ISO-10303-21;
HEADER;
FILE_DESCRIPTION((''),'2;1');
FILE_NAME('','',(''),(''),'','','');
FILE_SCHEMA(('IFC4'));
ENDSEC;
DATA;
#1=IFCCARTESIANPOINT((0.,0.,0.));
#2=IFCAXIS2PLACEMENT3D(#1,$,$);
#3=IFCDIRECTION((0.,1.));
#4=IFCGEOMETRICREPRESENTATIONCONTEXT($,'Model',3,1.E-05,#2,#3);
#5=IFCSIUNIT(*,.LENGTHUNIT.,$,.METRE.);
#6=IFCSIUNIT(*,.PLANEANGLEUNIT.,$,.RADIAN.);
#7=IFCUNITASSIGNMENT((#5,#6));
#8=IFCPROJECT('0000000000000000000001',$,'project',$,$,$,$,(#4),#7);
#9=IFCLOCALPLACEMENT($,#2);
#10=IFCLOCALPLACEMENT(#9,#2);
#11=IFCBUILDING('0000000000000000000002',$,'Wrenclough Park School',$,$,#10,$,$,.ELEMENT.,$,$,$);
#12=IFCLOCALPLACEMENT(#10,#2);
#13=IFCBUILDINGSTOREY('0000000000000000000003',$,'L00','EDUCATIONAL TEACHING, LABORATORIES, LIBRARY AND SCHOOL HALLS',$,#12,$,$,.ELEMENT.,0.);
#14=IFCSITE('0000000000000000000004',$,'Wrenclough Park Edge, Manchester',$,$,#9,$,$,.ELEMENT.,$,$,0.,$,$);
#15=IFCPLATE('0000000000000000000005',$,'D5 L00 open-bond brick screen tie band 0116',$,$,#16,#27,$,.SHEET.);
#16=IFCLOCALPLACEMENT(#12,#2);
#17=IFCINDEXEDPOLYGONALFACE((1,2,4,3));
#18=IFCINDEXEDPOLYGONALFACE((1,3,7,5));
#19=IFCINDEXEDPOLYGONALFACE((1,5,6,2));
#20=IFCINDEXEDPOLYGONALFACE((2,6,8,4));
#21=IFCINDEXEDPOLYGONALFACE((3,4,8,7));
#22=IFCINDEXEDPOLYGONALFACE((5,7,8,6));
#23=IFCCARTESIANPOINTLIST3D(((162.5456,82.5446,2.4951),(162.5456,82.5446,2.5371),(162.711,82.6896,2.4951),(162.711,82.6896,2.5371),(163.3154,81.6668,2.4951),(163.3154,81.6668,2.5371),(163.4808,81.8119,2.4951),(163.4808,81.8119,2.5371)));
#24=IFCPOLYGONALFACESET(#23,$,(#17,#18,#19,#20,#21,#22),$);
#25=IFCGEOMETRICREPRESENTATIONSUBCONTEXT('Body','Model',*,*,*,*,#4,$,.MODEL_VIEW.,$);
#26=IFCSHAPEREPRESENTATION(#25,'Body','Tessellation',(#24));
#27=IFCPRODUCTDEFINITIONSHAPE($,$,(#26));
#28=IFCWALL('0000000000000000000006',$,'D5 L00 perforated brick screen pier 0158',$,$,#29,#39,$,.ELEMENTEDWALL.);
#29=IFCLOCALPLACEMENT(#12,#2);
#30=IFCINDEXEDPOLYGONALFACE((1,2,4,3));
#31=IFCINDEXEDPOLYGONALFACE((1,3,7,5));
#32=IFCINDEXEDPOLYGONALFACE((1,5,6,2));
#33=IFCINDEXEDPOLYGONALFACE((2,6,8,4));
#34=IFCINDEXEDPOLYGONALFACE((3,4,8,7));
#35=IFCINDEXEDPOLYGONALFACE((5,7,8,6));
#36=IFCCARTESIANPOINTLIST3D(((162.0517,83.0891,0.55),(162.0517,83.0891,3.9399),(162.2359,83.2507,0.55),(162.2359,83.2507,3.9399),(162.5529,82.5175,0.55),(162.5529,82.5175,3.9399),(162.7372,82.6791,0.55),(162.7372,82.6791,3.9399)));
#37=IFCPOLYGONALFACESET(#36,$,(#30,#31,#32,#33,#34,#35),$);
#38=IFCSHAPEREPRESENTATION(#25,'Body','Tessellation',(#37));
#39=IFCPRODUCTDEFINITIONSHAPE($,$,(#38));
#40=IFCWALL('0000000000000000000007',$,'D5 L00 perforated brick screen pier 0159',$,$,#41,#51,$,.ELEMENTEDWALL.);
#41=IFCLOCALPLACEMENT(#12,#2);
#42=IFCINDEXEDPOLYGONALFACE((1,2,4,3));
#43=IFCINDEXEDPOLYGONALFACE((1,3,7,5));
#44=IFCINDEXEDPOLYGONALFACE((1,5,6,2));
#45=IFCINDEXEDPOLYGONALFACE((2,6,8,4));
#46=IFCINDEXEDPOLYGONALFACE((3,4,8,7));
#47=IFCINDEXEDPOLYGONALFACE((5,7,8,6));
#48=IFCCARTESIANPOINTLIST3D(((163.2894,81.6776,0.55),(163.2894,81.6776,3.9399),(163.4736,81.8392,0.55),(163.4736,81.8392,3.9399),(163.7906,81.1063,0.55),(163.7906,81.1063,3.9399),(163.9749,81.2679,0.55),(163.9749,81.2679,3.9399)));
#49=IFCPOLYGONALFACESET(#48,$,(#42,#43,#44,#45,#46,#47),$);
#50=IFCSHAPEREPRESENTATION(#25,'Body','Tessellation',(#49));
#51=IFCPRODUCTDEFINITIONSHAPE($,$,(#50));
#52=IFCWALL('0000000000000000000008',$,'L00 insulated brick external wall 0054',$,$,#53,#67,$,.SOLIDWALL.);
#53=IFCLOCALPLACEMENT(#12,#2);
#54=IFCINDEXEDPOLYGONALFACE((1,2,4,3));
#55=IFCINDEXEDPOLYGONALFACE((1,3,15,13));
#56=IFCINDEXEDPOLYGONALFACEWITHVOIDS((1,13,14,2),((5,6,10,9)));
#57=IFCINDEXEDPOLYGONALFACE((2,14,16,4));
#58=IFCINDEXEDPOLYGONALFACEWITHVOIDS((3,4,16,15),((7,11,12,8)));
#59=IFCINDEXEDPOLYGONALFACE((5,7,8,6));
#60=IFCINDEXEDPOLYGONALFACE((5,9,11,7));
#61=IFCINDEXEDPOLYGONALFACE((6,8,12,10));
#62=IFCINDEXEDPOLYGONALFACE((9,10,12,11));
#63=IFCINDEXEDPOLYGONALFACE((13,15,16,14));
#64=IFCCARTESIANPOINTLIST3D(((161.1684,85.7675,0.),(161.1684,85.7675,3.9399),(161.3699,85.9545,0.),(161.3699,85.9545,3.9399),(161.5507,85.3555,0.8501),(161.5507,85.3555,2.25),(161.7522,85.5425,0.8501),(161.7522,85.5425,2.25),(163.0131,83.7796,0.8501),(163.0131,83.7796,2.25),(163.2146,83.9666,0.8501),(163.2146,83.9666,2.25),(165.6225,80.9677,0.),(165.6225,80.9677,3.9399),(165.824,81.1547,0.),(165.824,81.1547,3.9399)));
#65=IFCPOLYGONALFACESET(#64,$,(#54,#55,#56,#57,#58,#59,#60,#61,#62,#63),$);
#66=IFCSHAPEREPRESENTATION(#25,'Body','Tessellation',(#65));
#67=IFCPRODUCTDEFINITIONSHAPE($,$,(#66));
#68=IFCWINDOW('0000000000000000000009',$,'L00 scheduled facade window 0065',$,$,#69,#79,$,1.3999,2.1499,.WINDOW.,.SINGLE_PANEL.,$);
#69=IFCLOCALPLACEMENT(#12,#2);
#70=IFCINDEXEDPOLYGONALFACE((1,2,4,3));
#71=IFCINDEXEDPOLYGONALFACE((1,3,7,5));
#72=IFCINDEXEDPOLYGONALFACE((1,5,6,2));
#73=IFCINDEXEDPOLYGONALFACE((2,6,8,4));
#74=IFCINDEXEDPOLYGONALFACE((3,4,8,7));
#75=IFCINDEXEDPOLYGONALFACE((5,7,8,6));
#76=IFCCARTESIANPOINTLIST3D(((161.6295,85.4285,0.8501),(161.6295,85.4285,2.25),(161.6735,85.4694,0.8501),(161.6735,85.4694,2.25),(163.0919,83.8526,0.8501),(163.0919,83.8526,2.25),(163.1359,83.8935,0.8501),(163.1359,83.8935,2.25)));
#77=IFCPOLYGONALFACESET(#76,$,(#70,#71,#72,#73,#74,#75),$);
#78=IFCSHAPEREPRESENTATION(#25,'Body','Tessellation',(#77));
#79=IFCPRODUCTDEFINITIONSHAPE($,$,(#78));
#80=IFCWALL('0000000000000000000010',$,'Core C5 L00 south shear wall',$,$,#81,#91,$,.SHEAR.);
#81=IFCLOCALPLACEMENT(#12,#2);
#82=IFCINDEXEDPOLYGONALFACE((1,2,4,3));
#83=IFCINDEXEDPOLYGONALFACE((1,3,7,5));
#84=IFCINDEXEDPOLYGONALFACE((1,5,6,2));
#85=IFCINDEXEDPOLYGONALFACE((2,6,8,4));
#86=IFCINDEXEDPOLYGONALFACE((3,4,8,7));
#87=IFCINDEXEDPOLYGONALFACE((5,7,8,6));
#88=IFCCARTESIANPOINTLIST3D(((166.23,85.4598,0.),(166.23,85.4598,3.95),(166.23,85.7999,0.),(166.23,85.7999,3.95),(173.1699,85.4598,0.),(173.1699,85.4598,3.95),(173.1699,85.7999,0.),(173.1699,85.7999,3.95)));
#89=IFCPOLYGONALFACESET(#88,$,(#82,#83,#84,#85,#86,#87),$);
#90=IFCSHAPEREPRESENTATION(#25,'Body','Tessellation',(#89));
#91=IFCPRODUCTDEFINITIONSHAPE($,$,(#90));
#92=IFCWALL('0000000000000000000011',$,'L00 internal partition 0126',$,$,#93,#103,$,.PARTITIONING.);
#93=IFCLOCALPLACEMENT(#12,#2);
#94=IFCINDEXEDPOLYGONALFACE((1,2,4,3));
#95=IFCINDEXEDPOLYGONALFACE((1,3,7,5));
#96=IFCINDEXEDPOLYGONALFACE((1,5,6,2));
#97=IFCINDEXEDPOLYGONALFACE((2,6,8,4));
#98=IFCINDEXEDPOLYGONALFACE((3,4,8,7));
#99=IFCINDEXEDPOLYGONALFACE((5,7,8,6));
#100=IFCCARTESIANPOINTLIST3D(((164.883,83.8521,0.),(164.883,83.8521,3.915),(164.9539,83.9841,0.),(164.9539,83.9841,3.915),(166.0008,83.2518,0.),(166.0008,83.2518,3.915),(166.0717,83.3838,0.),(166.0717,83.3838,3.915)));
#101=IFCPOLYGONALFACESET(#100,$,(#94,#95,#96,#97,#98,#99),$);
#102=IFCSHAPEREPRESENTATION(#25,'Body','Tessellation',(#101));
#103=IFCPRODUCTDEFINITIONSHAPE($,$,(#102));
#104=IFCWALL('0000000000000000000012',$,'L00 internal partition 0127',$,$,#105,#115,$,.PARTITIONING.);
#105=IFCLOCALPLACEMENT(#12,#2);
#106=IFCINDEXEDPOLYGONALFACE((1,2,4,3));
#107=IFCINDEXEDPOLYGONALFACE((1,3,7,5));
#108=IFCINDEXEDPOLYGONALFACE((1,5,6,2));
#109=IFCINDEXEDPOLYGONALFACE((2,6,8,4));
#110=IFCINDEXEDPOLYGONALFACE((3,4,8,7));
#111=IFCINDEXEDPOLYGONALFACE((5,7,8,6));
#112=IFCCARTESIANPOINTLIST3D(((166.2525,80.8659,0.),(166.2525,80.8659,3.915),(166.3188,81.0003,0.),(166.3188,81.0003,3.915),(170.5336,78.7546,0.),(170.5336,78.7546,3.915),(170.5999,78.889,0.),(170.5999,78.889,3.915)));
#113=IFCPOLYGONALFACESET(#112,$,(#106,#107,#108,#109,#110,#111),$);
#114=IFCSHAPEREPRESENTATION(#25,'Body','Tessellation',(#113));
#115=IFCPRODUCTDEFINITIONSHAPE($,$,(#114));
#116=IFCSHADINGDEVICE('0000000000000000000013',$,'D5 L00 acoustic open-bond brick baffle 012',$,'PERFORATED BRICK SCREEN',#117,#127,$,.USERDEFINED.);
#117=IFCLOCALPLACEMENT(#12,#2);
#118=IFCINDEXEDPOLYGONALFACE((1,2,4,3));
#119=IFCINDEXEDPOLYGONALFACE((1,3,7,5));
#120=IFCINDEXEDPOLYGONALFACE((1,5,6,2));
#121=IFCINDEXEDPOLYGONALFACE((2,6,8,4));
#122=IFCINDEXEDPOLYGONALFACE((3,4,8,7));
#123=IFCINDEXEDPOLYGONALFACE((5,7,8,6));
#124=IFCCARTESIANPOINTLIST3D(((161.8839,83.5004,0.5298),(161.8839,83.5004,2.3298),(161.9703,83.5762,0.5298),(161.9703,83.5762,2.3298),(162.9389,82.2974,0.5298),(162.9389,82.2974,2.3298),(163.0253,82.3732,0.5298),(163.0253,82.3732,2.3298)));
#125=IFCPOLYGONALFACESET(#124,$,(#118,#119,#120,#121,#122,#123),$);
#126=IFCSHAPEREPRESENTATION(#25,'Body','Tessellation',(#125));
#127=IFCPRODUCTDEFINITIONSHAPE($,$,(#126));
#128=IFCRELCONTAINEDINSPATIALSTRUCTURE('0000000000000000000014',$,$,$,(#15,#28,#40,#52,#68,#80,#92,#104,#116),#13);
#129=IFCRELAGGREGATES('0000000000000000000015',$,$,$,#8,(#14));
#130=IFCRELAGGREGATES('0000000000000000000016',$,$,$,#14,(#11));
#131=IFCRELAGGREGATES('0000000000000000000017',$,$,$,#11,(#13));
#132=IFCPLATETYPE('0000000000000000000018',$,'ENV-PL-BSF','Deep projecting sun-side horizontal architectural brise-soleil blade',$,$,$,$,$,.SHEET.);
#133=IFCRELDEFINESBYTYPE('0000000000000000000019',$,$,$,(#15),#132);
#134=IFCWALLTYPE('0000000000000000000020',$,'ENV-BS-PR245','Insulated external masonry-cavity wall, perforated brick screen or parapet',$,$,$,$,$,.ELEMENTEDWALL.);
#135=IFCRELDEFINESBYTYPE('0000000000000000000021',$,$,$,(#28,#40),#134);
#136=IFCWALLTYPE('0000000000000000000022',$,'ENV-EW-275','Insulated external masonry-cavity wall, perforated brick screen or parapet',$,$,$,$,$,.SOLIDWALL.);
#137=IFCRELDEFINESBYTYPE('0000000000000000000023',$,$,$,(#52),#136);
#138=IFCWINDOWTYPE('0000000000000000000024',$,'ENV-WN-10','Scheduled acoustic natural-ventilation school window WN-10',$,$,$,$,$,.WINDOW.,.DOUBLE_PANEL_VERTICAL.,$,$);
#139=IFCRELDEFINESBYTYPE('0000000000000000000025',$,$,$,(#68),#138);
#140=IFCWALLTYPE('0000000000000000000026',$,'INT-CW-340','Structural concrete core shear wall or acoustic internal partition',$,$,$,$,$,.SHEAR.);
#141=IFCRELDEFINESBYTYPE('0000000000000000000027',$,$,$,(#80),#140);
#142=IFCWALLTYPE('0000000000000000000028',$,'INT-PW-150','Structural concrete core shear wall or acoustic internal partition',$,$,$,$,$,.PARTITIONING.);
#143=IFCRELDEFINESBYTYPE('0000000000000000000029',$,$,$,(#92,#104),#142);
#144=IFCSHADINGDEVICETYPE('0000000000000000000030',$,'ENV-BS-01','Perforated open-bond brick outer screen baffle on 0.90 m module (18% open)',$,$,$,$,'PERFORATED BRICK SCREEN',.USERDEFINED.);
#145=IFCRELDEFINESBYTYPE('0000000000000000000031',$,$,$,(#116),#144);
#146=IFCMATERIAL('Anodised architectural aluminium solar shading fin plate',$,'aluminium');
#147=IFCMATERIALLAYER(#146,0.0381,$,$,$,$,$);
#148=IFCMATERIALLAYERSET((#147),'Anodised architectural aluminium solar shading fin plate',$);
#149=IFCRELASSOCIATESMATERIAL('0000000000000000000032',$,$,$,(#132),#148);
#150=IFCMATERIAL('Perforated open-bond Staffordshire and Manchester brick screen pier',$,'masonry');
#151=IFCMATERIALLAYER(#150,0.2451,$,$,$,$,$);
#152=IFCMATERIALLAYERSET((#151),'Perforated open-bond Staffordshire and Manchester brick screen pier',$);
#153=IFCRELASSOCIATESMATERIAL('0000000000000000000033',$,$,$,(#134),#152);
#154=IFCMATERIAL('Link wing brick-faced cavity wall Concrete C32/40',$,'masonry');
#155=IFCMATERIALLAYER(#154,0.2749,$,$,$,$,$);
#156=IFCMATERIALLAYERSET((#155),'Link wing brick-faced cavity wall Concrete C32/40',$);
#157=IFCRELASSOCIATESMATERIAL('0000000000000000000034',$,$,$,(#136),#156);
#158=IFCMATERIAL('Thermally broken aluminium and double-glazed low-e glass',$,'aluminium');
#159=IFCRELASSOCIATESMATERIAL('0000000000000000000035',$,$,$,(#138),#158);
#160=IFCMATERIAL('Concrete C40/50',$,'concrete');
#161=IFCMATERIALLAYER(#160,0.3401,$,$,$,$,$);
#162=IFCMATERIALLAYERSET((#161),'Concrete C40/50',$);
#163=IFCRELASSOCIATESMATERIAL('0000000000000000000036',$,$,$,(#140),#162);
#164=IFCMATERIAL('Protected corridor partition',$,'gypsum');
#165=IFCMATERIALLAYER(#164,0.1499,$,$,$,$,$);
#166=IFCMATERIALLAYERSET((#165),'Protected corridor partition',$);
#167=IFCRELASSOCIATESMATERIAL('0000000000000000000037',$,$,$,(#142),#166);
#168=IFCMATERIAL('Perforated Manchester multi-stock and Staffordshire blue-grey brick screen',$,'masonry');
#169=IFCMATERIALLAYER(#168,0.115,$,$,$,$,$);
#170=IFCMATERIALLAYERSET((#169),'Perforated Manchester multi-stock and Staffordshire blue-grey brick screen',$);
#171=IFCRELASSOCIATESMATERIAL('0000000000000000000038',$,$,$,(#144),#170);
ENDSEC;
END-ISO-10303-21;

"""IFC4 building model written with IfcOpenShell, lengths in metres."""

from ifc_helpers import new_model, si_unit, direction, frame, frame_2d, origin, origin_2d, place, context, subcontext, project, spatial, rectangle, extrude, material, layer, layer_set, type_object, element, fill, save


model = new_model("IFC4")

# Units and contexts
model_context = context("Model", 3, precision=1e-05, world=origin(), true_north=direction((0.0, 1.0)))
body_context = subcontext(model_context, "Body", "Model", "MODEL_VIEW")
ifc_project = project(units=[si_unit("LENGTHUNIT", "METRE"), si_unit("PLANEANGLEUNIT", "RADIAN")], contexts=[model_context])

# Site, building, storey
site_placement = place(None, origin())
site = spatial("IfcSite", under=ifc_project, at=site_placement, Name="Wrenclough Park Edge, Manchester", CompositionType="ELEMENT", RefElevation=0.0)
building_placement = place(site_placement, origin())
building = spatial("IfcBuilding", under=site, at=building_placement, Name="Wrenclough Park School", CompositionType="ELEMENT")
storey_placement = place(building_placement, origin())
storey = spatial("IfcBuildingStorey", under=building, at=storey_placement, Name="L00", Description="EDUCATIONAL TEACHING, LABORATORIES, LIBRARY AND SCHOOL HALLS", CompositionType="ELEMENT", Elevation=0.0)

# Shared definitions
ifc_material_1 = material(Name="Concrete C40/50", Category="concrete")

# Plate
ifc_material_2 = material(Name="Anodised architectural aluminium solar shading fin plate", Category="aluminium")
ifc_layer_1 = layer(ifc_material_2, 0.0381)
ifc_layer_set_1 = layer_set([ifc_layer_1], Name="Anodised architectural aluminium solar shading fin plate")
plate_type_1 = type_object("IfcPlateType", Name="ENV-PL-BSF", Description="Deep projecting sun-side horizontal architectural brise-soleil blade", PredefinedType="SHEET", material=ifc_layer_set_1)
for number, where, z_axis, x_axis, name in (
    (1, (163.0132, 82.1782, 2.4951), (0.0, 0.0, 1.0), (0.659349, -0.751837, 0.0), "D5 L00 open-bond brick screen tie band 0116"),
):
    element("IfcPlate", number, at=place(storey_placement, frame(where, z_axis=z_axis, x_axis=x_axis)), inside=storey, type_object=plate_type_1, Name=name, PredefinedType="SHEET", context=body_context, shape_type="SweptSolid", body=[
        extrude(rectangle(XDim=1.1675, YDim=0.22, at=origin_2d()), origin(), (0.0, 0.0, 1.0), 0.042),
    ])

# Walls
ifc_material_3 = material(Name="Perforated open-bond Staffordshire and Manchester brick screen pier", Category="masonry")
ifc_layer_2 = layer(ifc_material_3, 0.2451)
ifc_layer_set_2 = layer_set([ifc_layer_2], Name="Perforated open-bond Staffordshire and Manchester brick screen pier")
wall_type_1 = type_object("IfcWallType", Name="ENV-BS-PR245", Description="Insulated external masonry-cavity wall, perforated brick screen or parapet", PredefinedType="ELEMENTEDWALL", material=ifc_layer_set_2)
wall_1_placement = place(storey_placement, frame((162.1438, 83.1699, 0.55), z_axis=(0.0, 0.0, 1.0), x_axis=(0.659345, -0.75184, 0.0)))
element("IfcWall", 2, at=wall_1_placement, inside=storey, type_object=wall_type_1, Name="D5 L00 perforated brick screen pier 0158", PredefinedType="ELEMENTEDWALL", context=body_context, shape_type="SweptSolid", body=[
    extrude(rectangle(XDim=0.7603, YDim=0.2451, at=frame_2d((0.3801, 0.0))), origin(), (0.0, 0.0, 1.0), 3.3899),
])
wall_2_placement = place(storey_placement, frame((163.3816, 81.7583, 0.55), z_axis=(0.0, 0.0, 1.0), x_axis=(0.659505, -0.7517, 0.0)))
element("IfcWall", 3, at=wall_2_placement, inside=storey, type_object=wall_type_1, Name="D5 L00 perforated brick screen pier 0159", PredefinedType="ELEMENTEDWALL", context=body_context, shape_type="SweptSolid", body=[
    extrude(rectangle(XDim=0.76, YDim=0.2451, at=frame_2d((0.3799, 0.0))), origin(), (0.0, 0.0, 1.0), 3.3899),
])

# Wall, opening, window
ifc_material_4 = material(Name="Link wing brick-faced cavity wall Concrete C32/40", Category="masonry")
ifc_layer_3 = layer(ifc_material_4, 0.2749)
ifc_layer_set_3 = layer_set([ifc_layer_3], Name="Link wing brick-faced cavity wall Concrete C32/40")
wall_type_2 = type_object("IfcWallType", Name="ENV-EW-275", Description="Insulated external masonry-cavity wall, perforated brick screen or parapet", PredefinedType="SOLIDWALL", material=ifc_layer_set_3)
wall_3_placement = place(storey_placement, frame((165.7231, 81.0613, 0.0), z_axis=(0.0, 0.0, 1.0), x_axis=(-0.680217, 0.733011, 0.0)))
wall_3 = element("IfcWall", 4, at=wall_3_placement, inside=storey, type_object=wall_type_2, Name="L00 insulated brick external wall 0054", PredefinedType="SOLIDWALL", context=body_context, shape_type="SweptSolid", body=[
    extrude(rectangle(XDim=6.5481, YDim=0.2749, at=frame_2d((3.2739, 0.0))), origin(), (0.0, 0.0, 1.0), 3.9399),
])
opening_placement = place(wall_3_placement, frame((3.8359, 0.0, 0.8501)))
opening = element("IfcOpeningElement", 5, at=opening_placement, cuts=wall_3, PredefinedType="OPENING", context=body_context, shape_type="SweptSolid", body=[
    extrude(rectangle(XDim=2.1499, YDim=1.3999, at=frame_2d((1.075, 0.7))), frame((0.0, 0.1475, 0.0), z_axis=(0.0, -1.0, 0.0), x_axis=(1.0, 0.0, 0.0)), (0.0, 0.0, 1.0), 0.2949),
])
ifc_material_5 = material(Name="Thermally broken aluminium and double-glazed low-e glass", Category="aluminium")
window_type = type_object("IfcWindowType", Name="ENV-WN-10", Description="Scheduled acoustic natural-ventilation school window WN-10", PartitioningType="DOUBLE_PANEL_VERTICAL", PredefinedType="WINDOW", material=ifc_material_5)
window_placement = place(opening_placement, origin())
window = element("IfcWindow", 6, at=window_placement, inside=storey, type_object=window_type, Name="L00 scheduled facade window 0065", OverallHeight=1.3999, OverallWidth=2.1499, PartitioningType="SINGLE_PANEL", PredefinedType="WINDOW", context=body_context, shape_type="SweptSolid", body=[
    extrude(rectangle(XDim=2.1499, YDim=1.3999, at=frame_2d((1.075, 0.7))), frame((0.0, 0.03, 0.0), z_axis=(0.0, -1.0, 0.0), x_axis=(1.0, 0.0, 0.0)), (0.0, 0.0, 1.0), 0.0601),
])
fill(opening, window)

# Walls
ifc_layer_4 = layer(ifc_material_1, 0.3401)
ifc_layer_set_4 = layer_set([ifc_layer_4], Name="Concrete C40/50")
wall_type_3 = type_object("IfcWallType", Name="INT-CW-340", Description="Structural concrete core shear wall or acoustic internal partition", PredefinedType="SHEAR", material=ifc_layer_set_4)
wall_4_placement = place(storey_placement, frame((166.23, 85.6299, 0.0), z_axis=(0.0, 0.0, 1.0), x_axis=(1.0, 0.0, 0.0)))
element("IfcWall", 7, at=wall_4_placement, inside=storey, type_object=wall_type_3, Name="Core C5 L00 south shear wall", PredefinedType="SHEAR", context=body_context, shape_type="SweptSolid", body=[
    extrude(rectangle(XDim=6.9399, YDim=0.3401, at=frame_2d((3.47, 0.0))), origin(), (0.0, 0.0, 1.0), 3.95),
])
ifc_material_6 = material(Name="Protected corridor partition", Category="gypsum")
ifc_layer_5 = layer(ifc_material_6, 0.1499)
ifc_layer_set_5 = layer_set([ifc_layer_5], Name="Protected corridor partition")
wall_type_4 = type_object("IfcWallType", Name="INT-PW-150", Description="Structural concrete core shear wall or acoustic internal partition", PredefinedType="PARTITIONING", material=ifc_layer_set_5)
wall_5_placement = place(storey_placement, frame((166.0361, 83.3179, 0.0), z_axis=(0.0, 0.0, 1.0), x_axis=(-0.881002, 0.473113, 0.0)))
element("IfcWall", 8, at=wall_5_placement, inside=storey, type_object=wall_type_4, Name="L00 internal partition 0126", PredefinedType="PARTITIONING", context=body_context, shape_type="SweptSolid", body=[
    extrude(rectangle(XDim=1.2688, YDim=0.1499, at=frame_2d((0.6343, 0.0))), origin(), (0.0, 0.0, 1.0), 3.915),
])
wall_6_placement = place(storey_placement, frame((166.2856, 80.9331, 0.0), z_axis=(0.0, 0.0, 1.0), x_axis=(0.896869, -0.442297, 0.0)))
element("IfcWall", 9, at=wall_6_placement, inside=storey, type_object=wall_type_4, Name="L00 internal partition 0127", PredefinedType="PARTITIONING", context=body_context, shape_type="SweptSolid", body=[
    extrude(rectangle(XDim=4.7734, YDim=0.1499, at=frame_2d((2.3867, 0.0))), origin(), (0.0, 0.0, 1.0), 3.915),
])

# Shading device
ifc_material_7 = material(Name="Perforated Manchester multi-stock and Staffordshire blue-grey brick screen", Category="masonry")
ifc_layer_6 = layer(ifc_material_7, 0.115)
ifc_layer_set_6 = layer_set([ifc_layer_6], Name="Perforated Manchester multi-stock and Staffordshire blue-grey brick screen")
shading_device_type = type_object("IfcShadingDeviceType", Name="ENV-BS-01", Description="Perforated open-bond brick outer screen baffle on 0.90 m module (18% open)", ElementType="PERFORATED BRICK SCREEN", PredefinedType="USERDEFINED", material=ifc_layer_set_6)
shading_device_placement = place(storey_placement, frame((162.4546, 82.9368, 0.5298), z_axis=(0.0, 0.0, 1.0), x_axis=(0.659349, -0.751837, 0.0)))
element("IfcShadingDevice", 10, at=shading_device_placement, inside=storey, type_object=shading_device_type, Name="D5 L00 acoustic open-bond brick baffle 012", ObjectType="PERFORATED BRICK SCREEN", PredefinedType="USERDEFINED", context=body_context, shape_type="SweptSolid", body=[
    extrude(rectangle(XDim=1.6001, YDim=0.115, at=origin_2d()), origin(), (0.0, 0.0, 1.0), 1.8),
])

save(model, "model.ifc")
